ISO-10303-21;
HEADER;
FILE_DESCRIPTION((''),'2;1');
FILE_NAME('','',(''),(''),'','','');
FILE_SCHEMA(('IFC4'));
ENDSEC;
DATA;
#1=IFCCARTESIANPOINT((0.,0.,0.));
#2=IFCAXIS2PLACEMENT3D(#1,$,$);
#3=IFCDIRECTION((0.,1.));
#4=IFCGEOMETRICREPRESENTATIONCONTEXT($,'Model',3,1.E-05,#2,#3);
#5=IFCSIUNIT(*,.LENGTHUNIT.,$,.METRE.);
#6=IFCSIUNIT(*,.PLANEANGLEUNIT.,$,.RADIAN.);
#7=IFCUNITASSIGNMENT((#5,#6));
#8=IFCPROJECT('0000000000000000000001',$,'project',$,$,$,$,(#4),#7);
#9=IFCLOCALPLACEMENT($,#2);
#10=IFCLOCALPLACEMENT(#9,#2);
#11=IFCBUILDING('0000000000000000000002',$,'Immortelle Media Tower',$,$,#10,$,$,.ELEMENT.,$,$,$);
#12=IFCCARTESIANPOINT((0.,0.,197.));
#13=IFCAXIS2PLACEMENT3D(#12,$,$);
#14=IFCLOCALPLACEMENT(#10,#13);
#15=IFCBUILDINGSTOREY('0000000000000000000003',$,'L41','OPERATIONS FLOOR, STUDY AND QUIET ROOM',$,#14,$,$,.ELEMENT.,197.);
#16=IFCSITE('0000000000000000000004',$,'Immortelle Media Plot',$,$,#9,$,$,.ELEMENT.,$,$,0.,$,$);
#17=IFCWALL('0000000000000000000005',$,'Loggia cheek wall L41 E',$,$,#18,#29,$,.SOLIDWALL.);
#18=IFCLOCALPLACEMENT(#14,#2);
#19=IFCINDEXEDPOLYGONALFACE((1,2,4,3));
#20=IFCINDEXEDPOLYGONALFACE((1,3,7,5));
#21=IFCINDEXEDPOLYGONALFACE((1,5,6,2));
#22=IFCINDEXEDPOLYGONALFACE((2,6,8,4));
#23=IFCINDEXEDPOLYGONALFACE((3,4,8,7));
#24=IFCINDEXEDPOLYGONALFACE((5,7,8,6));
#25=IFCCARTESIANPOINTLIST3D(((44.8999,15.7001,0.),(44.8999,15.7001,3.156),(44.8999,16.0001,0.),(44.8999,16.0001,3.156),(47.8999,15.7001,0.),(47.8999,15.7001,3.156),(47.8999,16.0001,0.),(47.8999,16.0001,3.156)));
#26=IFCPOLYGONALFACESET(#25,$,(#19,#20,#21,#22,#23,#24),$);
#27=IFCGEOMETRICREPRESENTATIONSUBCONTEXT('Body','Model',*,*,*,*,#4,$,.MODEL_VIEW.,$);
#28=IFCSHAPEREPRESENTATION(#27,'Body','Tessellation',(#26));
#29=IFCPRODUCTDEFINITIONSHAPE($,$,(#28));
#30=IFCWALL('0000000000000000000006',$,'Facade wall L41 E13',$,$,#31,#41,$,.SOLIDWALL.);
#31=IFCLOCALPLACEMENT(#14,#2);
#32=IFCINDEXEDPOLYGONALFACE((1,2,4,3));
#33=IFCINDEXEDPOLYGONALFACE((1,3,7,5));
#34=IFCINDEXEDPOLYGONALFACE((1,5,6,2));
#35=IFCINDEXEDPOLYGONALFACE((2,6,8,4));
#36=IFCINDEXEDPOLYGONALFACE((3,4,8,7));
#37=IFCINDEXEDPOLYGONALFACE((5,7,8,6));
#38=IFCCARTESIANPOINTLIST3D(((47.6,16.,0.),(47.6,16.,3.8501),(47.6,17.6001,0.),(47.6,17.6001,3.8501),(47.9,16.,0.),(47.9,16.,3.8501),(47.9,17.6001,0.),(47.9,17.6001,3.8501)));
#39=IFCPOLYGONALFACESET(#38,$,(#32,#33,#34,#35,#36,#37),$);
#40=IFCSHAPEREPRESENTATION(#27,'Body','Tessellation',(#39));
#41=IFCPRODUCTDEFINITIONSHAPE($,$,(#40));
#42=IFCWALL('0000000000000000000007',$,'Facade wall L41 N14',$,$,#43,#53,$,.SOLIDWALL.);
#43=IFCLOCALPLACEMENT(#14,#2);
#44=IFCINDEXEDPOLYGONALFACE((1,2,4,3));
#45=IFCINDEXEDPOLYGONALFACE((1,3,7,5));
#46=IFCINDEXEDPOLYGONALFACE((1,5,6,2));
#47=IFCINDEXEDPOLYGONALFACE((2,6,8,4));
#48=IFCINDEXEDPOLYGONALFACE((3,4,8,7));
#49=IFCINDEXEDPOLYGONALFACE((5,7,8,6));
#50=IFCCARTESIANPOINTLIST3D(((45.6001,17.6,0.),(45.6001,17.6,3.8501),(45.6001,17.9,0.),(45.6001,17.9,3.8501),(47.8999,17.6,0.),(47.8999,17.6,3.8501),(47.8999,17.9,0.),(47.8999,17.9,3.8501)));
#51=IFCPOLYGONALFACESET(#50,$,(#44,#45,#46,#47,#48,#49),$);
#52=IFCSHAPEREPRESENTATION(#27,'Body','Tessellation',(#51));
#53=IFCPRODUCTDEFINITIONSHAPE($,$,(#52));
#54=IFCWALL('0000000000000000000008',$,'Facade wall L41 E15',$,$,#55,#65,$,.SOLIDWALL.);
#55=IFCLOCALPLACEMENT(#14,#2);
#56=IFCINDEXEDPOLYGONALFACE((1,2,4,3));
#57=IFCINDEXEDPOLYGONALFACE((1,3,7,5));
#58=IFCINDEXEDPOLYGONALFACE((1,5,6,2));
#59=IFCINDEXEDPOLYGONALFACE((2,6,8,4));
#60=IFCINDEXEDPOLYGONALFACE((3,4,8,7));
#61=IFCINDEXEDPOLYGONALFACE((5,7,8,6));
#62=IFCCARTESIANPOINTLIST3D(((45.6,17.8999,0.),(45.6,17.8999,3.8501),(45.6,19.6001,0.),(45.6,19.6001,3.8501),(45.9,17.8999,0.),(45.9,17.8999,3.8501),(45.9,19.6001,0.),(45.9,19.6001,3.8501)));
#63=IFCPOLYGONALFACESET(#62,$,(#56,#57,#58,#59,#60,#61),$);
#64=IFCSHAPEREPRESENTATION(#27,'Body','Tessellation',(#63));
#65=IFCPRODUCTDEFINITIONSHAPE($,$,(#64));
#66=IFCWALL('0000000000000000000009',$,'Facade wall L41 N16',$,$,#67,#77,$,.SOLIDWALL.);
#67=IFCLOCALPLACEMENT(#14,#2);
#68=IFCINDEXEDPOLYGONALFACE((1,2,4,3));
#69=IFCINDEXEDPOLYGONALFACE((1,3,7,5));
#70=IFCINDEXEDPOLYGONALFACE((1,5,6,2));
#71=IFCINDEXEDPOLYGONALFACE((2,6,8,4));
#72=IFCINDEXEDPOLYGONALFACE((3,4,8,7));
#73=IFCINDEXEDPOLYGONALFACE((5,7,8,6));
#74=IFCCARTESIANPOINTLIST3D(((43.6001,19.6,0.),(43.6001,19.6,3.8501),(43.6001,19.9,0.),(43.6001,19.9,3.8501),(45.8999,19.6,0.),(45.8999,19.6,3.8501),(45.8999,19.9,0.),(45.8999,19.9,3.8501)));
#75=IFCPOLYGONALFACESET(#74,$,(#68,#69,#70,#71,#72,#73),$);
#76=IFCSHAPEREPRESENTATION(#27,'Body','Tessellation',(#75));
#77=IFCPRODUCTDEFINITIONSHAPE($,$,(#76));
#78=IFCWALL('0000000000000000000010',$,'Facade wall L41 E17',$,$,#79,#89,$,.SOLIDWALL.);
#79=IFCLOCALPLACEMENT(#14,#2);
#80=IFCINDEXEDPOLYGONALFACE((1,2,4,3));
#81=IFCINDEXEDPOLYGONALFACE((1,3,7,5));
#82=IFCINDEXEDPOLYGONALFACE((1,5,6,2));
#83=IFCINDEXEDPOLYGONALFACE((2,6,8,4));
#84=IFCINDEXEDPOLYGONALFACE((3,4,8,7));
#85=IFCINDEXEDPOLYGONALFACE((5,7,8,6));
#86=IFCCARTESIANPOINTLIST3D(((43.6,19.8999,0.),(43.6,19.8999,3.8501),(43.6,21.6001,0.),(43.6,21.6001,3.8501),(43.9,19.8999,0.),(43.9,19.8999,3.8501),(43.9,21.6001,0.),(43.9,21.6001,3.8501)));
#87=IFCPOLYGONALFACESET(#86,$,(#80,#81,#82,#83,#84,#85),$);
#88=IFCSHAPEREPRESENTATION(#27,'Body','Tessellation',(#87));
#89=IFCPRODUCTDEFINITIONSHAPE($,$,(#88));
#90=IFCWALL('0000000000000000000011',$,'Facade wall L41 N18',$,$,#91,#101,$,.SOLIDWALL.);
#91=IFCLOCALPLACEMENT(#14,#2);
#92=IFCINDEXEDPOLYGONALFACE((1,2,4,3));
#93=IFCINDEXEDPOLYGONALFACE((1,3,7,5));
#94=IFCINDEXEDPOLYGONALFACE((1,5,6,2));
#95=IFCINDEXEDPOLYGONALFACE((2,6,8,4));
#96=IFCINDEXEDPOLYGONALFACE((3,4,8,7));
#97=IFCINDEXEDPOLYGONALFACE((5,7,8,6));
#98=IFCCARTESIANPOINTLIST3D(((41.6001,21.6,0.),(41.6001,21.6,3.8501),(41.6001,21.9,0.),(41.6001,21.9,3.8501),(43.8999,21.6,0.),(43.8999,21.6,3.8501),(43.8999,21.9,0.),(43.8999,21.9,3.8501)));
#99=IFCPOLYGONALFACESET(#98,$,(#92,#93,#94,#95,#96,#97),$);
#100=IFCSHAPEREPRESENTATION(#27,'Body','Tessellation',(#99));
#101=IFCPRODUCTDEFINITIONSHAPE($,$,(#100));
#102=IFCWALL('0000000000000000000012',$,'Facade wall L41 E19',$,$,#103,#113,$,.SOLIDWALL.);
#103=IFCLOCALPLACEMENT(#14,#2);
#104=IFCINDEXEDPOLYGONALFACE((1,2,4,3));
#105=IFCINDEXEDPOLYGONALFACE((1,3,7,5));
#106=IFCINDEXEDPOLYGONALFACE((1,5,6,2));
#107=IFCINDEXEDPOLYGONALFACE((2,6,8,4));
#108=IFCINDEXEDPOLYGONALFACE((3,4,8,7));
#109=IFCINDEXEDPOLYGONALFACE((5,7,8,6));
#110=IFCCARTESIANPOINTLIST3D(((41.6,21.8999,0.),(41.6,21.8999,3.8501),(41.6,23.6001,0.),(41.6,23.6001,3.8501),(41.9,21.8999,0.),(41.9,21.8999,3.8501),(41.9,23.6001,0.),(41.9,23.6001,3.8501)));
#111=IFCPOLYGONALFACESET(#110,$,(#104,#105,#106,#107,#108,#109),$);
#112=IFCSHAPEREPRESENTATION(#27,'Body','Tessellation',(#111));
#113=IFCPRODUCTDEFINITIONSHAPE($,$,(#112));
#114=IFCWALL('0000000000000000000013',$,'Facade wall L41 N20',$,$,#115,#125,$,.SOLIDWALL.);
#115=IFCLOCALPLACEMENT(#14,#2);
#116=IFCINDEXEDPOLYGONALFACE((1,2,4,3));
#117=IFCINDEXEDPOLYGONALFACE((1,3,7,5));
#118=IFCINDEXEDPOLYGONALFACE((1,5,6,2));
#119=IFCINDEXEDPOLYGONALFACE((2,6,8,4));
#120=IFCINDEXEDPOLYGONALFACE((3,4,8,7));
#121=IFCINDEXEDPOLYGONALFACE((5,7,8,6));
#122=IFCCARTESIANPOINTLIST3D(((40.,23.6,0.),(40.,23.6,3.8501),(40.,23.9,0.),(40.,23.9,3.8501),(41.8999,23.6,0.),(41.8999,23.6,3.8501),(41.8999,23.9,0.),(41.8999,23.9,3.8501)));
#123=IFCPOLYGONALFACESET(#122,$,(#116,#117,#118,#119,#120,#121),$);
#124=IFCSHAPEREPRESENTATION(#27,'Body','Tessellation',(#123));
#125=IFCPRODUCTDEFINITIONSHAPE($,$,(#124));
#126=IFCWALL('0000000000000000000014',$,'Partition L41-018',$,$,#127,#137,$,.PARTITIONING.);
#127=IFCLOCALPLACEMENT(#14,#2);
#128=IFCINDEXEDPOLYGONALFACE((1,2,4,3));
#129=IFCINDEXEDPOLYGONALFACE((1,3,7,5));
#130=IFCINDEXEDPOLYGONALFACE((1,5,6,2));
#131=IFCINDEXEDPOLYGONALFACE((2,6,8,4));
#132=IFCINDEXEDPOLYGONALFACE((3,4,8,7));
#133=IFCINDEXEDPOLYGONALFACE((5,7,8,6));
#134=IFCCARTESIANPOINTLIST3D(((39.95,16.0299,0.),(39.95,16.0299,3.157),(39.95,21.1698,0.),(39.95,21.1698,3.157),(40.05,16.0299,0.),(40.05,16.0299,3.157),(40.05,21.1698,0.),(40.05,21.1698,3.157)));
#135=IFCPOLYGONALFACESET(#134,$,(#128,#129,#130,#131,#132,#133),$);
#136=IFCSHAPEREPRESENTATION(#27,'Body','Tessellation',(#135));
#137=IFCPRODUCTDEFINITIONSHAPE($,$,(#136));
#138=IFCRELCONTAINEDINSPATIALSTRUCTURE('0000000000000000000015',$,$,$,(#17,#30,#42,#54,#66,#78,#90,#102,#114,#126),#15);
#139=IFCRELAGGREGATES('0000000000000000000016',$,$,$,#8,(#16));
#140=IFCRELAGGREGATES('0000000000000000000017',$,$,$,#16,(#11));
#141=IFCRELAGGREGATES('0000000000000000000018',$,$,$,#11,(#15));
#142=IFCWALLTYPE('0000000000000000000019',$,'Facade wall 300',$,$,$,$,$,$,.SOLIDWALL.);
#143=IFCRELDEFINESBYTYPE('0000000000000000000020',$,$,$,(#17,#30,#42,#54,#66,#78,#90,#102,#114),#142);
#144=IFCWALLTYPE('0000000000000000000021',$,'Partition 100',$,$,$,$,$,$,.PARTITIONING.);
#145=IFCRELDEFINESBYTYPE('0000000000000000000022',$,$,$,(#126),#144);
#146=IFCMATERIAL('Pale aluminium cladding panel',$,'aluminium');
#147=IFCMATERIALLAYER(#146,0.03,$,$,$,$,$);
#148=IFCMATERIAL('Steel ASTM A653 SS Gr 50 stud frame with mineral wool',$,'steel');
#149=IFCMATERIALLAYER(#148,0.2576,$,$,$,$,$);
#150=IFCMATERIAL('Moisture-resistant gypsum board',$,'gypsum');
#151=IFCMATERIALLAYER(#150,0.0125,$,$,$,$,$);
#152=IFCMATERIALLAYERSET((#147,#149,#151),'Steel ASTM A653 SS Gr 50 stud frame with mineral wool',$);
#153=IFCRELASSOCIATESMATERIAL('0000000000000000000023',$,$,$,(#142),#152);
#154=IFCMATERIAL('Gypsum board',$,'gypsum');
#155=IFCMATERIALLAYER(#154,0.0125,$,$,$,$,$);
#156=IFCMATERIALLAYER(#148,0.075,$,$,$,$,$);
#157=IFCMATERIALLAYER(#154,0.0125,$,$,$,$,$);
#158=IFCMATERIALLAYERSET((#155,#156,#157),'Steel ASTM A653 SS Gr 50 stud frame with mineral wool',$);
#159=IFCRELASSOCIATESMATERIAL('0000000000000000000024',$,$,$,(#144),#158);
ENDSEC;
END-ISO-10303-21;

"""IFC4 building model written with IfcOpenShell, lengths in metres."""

from ifc_helpers import new_model, si_unit, direction, frame, frame_2d, origin, place, context, subcontext, project, spatial, rectangle, extrude, material, layer, layer_set, type_object, element, save


model = new_model("IFC4")

# Units and contexts
model_context = context("Model", 3, precision=1e-05, world=origin(), true_north=direction((0.0, 1.0)))
body_context = subcontext(model_context, "Body", "Model", "MODEL_VIEW")
ifc_project = project(units=[si_unit("LENGTHUNIT", "METRE"), si_unit("PLANEANGLEUNIT", "RADIAN")], contexts=[model_context])

# Site, building, storey
site_placement = place(None, origin())
site = spatial("IfcSite", under=ifc_project, at=site_placement, Name="Immortelle Media Plot", CompositionType="ELEMENT", RefElevation=0.0)
building_placement = place(site_placement, origin())
building = spatial("IfcBuilding", under=site, at=building_placement, Name="Immortelle Media Tower", CompositionType="ELEMENT")
storey_placement = place(building_placement, frame((0.0, 0.0, 197.0)))
storey = spatial("IfcBuildingStorey", under=building, at=storey_placement, Name="L41", Description="OPERATIONS FLOOR, STUDY AND QUIET ROOM", CompositionType="ELEMENT", Elevation=197.0)

# Walls
ifc_material_1 = material(Name="Pale aluminium cladding panel", Category="aluminium")
ifc_layer_1 = layer(ifc_material_1, 0.03)
ifc_material_2 = material(Name="Steel ASTM A653 SS Gr 50 stud frame with mineral wool", Category="steel")
ifc_layer_2 = layer(ifc_material_2, 0.2576)
ifc_material_3 = material(Name="Moisture-resistant gypsum board", Category="gypsum")
ifc_layer_3 = layer(ifc_material_3, 0.0125)
ifc_layer_set_1 = layer_set([ifc_layer_1, ifc_layer_2, ifc_layer_3], Name="Steel ASTM A653 SS Gr 50 stud frame with mineral wool")
wall_type_1 = type_object("IfcWallType", Name="Facade wall 300", PredefinedType="SOLIDWALL", material=ifc_layer_set_1)
wall_1_placement = place(storey_placement, frame((47.8999, 15.8501, 0.0), z_axis=(0.0, 0.0, 1.0), x_axis=(-1.0, 0.0, 0.0)))
element("IfcWall", 1, at=wall_1_placement, inside=storey, type_object=wall_type_1, Name="Loggia cheek wall L41 E", PredefinedType="SOLIDWALL", context=body_context, shape_type="SweptSolid", body=[
    extrude(rectangle(XDim=3.0, YDim=0.3, at=frame_2d((1.5, 0.0))), origin(), (0.0, 0.0, 1.0), 3.156),
])
wall_2_placement = place(storey_placement, frame((47.75, 16.0, 0.0), z_axis=(0.0, 0.0, 1.0), x_axis=(0.0, 1.0, 0.0)))
element("IfcWall", 2, at=wall_2_placement, inside=storey, type_object=wall_type_1, Name="Facade wall L41 E13", PredefinedType="SOLIDWALL", context=body_context, shape_type="SweptSolid", body=[
    extrude(rectangle(XDim=1.6001, YDim=0.3, at=frame_2d((0.8, 0.0))), origin(), (0.0, 0.0, 1.0), 3.8501),
])
wall_3_placement = place(storey_placement, frame((47.8999, 17.75, 0.0), z_axis=(0.0, 0.0, 1.0), x_axis=(-1.0, 0.0, 0.0)))
element("IfcWall", 3, at=wall_3_placement, inside=storey, type_object=wall_type_1, Name="Facade wall L41 N14", PredefinedType="SOLIDWALL", context=body_context, shape_type="SweptSolid", body=[
    extrude(rectangle(XDim=2.2998, YDim=0.3, at=frame_2d((1.1499, 0.0))), origin(), (0.0, 0.0, 1.0), 3.8501),
])
wall_4_placement = place(storey_placement, frame((45.75, 17.8999, 0.0), z_axis=(0.0, 0.0, 1.0), x_axis=(0.0, 1.0, 0.0)))
element("IfcWall", 4, at=wall_4_placement, inside=storey, type_object=wall_type_1, Name="Facade wall L41 E15", PredefinedType="SOLIDWALL", context=body_context, shape_type="SweptSolid", body=[
    extrude(rectangle(XDim=1.7002, YDim=0.3, at=frame_2d((0.8501, 0.0))), origin(), (0.0, 0.0, 1.0), 3.8501),
])
wall_5_placement = place(storey_placement, frame((45.8999, 19.75, 0.0), z_axis=(0.0, 0.0, 1.0), x_axis=(-1.0, 0.0, 0.0)))
element("IfcWall", 5, at=wall_5_placement, inside=storey, type_object=wall_type_1, Name="Facade wall L41 N16", PredefinedType="SOLIDWALL", context=body_context, shape_type="SweptSolid", body=[
    extrude(rectangle(XDim=2.2998, YDim=0.3, at=frame_2d((1.1499, 0.0))), origin(), (0.0, 0.0, 1.0), 3.8501),
])
wall_6_placement = place(storey_placement, frame((43.75, 19.8999, 0.0), z_axis=(0.0, 0.0, 1.0), x_axis=(0.0, 1.0, 0.0)))
element("IfcWall", 6, at=wall_6_placement, inside=storey, type_object=wall_type_1, Name="Facade wall L41 E17", PredefinedType="SOLIDWALL", context=body_context, shape_type="SweptSolid", body=[
    extrude(rectangle(XDim=1.7002, YDim=0.3, at=frame_2d((0.8501, 0.0))), origin(), (0.0, 0.0, 1.0), 3.8501),
])
wall_7_placement = place(storey_placement, frame((43.8999, 21.75, 0.0), z_axis=(0.0, 0.0, 1.0), x_axis=(-1.0, 0.0, 0.0)))
element("IfcWall", 7, at=wall_7_placement, inside=storey, type_object=wall_type_1, Name="Facade wall L41 N18", PredefinedType="SOLIDWALL", context=body_context, shape_type="SweptSolid", body=[
    extrude(rectangle(XDim=2.2998, YDim=0.3, at=frame_2d((1.1499, 0.0))), origin(), (0.0, 0.0, 1.0), 3.8501),
])
wall_8_placement = place(storey_placement, frame((41.75, 21.8999, 0.0), z_axis=(0.0, 0.0, 1.0), x_axis=(0.0, 1.0, 0.0)))
element("IfcWall", 8, at=wall_8_placement, inside=storey, type_object=wall_type_1, Name="Facade wall L41 E19", PredefinedType="SOLIDWALL", context=body_context, shape_type="SweptSolid", body=[
    extrude(rectangle(XDim=1.7002, YDim=0.3, at=frame_2d((0.8501, 0.0))), origin(), (0.0, 0.0, 1.0), 3.8501),
])
wall_9_placement = place(storey_placement, frame((41.8999, 23.75, 0.0), z_axis=(0.0, 0.0, 1.0), x_axis=(-1.0, 0.0, 0.0)))
element("IfcWall", 9, at=wall_9_placement, inside=storey, type_object=wall_type_1, Name="Facade wall L41 N20", PredefinedType="SOLIDWALL", context=body_context, shape_type="SweptSolid", body=[
    extrude(rectangle(XDim=1.8999, YDim=0.3, at=frame_2d((0.95, 0.0))), origin(), (0.0, 0.0, 1.0), 3.8501),
])
ifc_material_4 = material(Name="Gypsum board", Category="gypsum")
ifc_layer_4 = layer(ifc_material_4, 0.0125)
ifc_layer_5 = layer(ifc_material_2, 0.075)
ifc_layer_6 = layer(ifc_material_4, 0.0125)
ifc_layer_set_2 = layer_set([ifc_layer_4, ifc_layer_5, ifc_layer_6], Name="Steel ASTM A653 SS Gr 50 stud frame with mineral wool")
wall_type_2 = type_object("IfcWallType", Name="Partition 100", PredefinedType="PARTITIONING", material=ifc_layer_set_2)
wall_10_placement = place(storey_placement, frame((40.0, 16.03, 0.0), z_axis=(0.0, 0.0, 1.0), x_axis=(0.0, 1.0, 0.0)))
element("IfcWall", 10, at=wall_10_placement, inside=storey, type_object=wall_type_2, Name="Partition L41-018", PredefinedType="PARTITIONING", context=body_context, shape_type="SweptSolid", body=[
    extrude(rectangle(XDim=5.1399, YDim=0.1001, at=frame_2d((2.5698, 0.0))), origin(), (0.0, 0.0, 1.0), 3.157),
])

save(model, "model.ifc")
